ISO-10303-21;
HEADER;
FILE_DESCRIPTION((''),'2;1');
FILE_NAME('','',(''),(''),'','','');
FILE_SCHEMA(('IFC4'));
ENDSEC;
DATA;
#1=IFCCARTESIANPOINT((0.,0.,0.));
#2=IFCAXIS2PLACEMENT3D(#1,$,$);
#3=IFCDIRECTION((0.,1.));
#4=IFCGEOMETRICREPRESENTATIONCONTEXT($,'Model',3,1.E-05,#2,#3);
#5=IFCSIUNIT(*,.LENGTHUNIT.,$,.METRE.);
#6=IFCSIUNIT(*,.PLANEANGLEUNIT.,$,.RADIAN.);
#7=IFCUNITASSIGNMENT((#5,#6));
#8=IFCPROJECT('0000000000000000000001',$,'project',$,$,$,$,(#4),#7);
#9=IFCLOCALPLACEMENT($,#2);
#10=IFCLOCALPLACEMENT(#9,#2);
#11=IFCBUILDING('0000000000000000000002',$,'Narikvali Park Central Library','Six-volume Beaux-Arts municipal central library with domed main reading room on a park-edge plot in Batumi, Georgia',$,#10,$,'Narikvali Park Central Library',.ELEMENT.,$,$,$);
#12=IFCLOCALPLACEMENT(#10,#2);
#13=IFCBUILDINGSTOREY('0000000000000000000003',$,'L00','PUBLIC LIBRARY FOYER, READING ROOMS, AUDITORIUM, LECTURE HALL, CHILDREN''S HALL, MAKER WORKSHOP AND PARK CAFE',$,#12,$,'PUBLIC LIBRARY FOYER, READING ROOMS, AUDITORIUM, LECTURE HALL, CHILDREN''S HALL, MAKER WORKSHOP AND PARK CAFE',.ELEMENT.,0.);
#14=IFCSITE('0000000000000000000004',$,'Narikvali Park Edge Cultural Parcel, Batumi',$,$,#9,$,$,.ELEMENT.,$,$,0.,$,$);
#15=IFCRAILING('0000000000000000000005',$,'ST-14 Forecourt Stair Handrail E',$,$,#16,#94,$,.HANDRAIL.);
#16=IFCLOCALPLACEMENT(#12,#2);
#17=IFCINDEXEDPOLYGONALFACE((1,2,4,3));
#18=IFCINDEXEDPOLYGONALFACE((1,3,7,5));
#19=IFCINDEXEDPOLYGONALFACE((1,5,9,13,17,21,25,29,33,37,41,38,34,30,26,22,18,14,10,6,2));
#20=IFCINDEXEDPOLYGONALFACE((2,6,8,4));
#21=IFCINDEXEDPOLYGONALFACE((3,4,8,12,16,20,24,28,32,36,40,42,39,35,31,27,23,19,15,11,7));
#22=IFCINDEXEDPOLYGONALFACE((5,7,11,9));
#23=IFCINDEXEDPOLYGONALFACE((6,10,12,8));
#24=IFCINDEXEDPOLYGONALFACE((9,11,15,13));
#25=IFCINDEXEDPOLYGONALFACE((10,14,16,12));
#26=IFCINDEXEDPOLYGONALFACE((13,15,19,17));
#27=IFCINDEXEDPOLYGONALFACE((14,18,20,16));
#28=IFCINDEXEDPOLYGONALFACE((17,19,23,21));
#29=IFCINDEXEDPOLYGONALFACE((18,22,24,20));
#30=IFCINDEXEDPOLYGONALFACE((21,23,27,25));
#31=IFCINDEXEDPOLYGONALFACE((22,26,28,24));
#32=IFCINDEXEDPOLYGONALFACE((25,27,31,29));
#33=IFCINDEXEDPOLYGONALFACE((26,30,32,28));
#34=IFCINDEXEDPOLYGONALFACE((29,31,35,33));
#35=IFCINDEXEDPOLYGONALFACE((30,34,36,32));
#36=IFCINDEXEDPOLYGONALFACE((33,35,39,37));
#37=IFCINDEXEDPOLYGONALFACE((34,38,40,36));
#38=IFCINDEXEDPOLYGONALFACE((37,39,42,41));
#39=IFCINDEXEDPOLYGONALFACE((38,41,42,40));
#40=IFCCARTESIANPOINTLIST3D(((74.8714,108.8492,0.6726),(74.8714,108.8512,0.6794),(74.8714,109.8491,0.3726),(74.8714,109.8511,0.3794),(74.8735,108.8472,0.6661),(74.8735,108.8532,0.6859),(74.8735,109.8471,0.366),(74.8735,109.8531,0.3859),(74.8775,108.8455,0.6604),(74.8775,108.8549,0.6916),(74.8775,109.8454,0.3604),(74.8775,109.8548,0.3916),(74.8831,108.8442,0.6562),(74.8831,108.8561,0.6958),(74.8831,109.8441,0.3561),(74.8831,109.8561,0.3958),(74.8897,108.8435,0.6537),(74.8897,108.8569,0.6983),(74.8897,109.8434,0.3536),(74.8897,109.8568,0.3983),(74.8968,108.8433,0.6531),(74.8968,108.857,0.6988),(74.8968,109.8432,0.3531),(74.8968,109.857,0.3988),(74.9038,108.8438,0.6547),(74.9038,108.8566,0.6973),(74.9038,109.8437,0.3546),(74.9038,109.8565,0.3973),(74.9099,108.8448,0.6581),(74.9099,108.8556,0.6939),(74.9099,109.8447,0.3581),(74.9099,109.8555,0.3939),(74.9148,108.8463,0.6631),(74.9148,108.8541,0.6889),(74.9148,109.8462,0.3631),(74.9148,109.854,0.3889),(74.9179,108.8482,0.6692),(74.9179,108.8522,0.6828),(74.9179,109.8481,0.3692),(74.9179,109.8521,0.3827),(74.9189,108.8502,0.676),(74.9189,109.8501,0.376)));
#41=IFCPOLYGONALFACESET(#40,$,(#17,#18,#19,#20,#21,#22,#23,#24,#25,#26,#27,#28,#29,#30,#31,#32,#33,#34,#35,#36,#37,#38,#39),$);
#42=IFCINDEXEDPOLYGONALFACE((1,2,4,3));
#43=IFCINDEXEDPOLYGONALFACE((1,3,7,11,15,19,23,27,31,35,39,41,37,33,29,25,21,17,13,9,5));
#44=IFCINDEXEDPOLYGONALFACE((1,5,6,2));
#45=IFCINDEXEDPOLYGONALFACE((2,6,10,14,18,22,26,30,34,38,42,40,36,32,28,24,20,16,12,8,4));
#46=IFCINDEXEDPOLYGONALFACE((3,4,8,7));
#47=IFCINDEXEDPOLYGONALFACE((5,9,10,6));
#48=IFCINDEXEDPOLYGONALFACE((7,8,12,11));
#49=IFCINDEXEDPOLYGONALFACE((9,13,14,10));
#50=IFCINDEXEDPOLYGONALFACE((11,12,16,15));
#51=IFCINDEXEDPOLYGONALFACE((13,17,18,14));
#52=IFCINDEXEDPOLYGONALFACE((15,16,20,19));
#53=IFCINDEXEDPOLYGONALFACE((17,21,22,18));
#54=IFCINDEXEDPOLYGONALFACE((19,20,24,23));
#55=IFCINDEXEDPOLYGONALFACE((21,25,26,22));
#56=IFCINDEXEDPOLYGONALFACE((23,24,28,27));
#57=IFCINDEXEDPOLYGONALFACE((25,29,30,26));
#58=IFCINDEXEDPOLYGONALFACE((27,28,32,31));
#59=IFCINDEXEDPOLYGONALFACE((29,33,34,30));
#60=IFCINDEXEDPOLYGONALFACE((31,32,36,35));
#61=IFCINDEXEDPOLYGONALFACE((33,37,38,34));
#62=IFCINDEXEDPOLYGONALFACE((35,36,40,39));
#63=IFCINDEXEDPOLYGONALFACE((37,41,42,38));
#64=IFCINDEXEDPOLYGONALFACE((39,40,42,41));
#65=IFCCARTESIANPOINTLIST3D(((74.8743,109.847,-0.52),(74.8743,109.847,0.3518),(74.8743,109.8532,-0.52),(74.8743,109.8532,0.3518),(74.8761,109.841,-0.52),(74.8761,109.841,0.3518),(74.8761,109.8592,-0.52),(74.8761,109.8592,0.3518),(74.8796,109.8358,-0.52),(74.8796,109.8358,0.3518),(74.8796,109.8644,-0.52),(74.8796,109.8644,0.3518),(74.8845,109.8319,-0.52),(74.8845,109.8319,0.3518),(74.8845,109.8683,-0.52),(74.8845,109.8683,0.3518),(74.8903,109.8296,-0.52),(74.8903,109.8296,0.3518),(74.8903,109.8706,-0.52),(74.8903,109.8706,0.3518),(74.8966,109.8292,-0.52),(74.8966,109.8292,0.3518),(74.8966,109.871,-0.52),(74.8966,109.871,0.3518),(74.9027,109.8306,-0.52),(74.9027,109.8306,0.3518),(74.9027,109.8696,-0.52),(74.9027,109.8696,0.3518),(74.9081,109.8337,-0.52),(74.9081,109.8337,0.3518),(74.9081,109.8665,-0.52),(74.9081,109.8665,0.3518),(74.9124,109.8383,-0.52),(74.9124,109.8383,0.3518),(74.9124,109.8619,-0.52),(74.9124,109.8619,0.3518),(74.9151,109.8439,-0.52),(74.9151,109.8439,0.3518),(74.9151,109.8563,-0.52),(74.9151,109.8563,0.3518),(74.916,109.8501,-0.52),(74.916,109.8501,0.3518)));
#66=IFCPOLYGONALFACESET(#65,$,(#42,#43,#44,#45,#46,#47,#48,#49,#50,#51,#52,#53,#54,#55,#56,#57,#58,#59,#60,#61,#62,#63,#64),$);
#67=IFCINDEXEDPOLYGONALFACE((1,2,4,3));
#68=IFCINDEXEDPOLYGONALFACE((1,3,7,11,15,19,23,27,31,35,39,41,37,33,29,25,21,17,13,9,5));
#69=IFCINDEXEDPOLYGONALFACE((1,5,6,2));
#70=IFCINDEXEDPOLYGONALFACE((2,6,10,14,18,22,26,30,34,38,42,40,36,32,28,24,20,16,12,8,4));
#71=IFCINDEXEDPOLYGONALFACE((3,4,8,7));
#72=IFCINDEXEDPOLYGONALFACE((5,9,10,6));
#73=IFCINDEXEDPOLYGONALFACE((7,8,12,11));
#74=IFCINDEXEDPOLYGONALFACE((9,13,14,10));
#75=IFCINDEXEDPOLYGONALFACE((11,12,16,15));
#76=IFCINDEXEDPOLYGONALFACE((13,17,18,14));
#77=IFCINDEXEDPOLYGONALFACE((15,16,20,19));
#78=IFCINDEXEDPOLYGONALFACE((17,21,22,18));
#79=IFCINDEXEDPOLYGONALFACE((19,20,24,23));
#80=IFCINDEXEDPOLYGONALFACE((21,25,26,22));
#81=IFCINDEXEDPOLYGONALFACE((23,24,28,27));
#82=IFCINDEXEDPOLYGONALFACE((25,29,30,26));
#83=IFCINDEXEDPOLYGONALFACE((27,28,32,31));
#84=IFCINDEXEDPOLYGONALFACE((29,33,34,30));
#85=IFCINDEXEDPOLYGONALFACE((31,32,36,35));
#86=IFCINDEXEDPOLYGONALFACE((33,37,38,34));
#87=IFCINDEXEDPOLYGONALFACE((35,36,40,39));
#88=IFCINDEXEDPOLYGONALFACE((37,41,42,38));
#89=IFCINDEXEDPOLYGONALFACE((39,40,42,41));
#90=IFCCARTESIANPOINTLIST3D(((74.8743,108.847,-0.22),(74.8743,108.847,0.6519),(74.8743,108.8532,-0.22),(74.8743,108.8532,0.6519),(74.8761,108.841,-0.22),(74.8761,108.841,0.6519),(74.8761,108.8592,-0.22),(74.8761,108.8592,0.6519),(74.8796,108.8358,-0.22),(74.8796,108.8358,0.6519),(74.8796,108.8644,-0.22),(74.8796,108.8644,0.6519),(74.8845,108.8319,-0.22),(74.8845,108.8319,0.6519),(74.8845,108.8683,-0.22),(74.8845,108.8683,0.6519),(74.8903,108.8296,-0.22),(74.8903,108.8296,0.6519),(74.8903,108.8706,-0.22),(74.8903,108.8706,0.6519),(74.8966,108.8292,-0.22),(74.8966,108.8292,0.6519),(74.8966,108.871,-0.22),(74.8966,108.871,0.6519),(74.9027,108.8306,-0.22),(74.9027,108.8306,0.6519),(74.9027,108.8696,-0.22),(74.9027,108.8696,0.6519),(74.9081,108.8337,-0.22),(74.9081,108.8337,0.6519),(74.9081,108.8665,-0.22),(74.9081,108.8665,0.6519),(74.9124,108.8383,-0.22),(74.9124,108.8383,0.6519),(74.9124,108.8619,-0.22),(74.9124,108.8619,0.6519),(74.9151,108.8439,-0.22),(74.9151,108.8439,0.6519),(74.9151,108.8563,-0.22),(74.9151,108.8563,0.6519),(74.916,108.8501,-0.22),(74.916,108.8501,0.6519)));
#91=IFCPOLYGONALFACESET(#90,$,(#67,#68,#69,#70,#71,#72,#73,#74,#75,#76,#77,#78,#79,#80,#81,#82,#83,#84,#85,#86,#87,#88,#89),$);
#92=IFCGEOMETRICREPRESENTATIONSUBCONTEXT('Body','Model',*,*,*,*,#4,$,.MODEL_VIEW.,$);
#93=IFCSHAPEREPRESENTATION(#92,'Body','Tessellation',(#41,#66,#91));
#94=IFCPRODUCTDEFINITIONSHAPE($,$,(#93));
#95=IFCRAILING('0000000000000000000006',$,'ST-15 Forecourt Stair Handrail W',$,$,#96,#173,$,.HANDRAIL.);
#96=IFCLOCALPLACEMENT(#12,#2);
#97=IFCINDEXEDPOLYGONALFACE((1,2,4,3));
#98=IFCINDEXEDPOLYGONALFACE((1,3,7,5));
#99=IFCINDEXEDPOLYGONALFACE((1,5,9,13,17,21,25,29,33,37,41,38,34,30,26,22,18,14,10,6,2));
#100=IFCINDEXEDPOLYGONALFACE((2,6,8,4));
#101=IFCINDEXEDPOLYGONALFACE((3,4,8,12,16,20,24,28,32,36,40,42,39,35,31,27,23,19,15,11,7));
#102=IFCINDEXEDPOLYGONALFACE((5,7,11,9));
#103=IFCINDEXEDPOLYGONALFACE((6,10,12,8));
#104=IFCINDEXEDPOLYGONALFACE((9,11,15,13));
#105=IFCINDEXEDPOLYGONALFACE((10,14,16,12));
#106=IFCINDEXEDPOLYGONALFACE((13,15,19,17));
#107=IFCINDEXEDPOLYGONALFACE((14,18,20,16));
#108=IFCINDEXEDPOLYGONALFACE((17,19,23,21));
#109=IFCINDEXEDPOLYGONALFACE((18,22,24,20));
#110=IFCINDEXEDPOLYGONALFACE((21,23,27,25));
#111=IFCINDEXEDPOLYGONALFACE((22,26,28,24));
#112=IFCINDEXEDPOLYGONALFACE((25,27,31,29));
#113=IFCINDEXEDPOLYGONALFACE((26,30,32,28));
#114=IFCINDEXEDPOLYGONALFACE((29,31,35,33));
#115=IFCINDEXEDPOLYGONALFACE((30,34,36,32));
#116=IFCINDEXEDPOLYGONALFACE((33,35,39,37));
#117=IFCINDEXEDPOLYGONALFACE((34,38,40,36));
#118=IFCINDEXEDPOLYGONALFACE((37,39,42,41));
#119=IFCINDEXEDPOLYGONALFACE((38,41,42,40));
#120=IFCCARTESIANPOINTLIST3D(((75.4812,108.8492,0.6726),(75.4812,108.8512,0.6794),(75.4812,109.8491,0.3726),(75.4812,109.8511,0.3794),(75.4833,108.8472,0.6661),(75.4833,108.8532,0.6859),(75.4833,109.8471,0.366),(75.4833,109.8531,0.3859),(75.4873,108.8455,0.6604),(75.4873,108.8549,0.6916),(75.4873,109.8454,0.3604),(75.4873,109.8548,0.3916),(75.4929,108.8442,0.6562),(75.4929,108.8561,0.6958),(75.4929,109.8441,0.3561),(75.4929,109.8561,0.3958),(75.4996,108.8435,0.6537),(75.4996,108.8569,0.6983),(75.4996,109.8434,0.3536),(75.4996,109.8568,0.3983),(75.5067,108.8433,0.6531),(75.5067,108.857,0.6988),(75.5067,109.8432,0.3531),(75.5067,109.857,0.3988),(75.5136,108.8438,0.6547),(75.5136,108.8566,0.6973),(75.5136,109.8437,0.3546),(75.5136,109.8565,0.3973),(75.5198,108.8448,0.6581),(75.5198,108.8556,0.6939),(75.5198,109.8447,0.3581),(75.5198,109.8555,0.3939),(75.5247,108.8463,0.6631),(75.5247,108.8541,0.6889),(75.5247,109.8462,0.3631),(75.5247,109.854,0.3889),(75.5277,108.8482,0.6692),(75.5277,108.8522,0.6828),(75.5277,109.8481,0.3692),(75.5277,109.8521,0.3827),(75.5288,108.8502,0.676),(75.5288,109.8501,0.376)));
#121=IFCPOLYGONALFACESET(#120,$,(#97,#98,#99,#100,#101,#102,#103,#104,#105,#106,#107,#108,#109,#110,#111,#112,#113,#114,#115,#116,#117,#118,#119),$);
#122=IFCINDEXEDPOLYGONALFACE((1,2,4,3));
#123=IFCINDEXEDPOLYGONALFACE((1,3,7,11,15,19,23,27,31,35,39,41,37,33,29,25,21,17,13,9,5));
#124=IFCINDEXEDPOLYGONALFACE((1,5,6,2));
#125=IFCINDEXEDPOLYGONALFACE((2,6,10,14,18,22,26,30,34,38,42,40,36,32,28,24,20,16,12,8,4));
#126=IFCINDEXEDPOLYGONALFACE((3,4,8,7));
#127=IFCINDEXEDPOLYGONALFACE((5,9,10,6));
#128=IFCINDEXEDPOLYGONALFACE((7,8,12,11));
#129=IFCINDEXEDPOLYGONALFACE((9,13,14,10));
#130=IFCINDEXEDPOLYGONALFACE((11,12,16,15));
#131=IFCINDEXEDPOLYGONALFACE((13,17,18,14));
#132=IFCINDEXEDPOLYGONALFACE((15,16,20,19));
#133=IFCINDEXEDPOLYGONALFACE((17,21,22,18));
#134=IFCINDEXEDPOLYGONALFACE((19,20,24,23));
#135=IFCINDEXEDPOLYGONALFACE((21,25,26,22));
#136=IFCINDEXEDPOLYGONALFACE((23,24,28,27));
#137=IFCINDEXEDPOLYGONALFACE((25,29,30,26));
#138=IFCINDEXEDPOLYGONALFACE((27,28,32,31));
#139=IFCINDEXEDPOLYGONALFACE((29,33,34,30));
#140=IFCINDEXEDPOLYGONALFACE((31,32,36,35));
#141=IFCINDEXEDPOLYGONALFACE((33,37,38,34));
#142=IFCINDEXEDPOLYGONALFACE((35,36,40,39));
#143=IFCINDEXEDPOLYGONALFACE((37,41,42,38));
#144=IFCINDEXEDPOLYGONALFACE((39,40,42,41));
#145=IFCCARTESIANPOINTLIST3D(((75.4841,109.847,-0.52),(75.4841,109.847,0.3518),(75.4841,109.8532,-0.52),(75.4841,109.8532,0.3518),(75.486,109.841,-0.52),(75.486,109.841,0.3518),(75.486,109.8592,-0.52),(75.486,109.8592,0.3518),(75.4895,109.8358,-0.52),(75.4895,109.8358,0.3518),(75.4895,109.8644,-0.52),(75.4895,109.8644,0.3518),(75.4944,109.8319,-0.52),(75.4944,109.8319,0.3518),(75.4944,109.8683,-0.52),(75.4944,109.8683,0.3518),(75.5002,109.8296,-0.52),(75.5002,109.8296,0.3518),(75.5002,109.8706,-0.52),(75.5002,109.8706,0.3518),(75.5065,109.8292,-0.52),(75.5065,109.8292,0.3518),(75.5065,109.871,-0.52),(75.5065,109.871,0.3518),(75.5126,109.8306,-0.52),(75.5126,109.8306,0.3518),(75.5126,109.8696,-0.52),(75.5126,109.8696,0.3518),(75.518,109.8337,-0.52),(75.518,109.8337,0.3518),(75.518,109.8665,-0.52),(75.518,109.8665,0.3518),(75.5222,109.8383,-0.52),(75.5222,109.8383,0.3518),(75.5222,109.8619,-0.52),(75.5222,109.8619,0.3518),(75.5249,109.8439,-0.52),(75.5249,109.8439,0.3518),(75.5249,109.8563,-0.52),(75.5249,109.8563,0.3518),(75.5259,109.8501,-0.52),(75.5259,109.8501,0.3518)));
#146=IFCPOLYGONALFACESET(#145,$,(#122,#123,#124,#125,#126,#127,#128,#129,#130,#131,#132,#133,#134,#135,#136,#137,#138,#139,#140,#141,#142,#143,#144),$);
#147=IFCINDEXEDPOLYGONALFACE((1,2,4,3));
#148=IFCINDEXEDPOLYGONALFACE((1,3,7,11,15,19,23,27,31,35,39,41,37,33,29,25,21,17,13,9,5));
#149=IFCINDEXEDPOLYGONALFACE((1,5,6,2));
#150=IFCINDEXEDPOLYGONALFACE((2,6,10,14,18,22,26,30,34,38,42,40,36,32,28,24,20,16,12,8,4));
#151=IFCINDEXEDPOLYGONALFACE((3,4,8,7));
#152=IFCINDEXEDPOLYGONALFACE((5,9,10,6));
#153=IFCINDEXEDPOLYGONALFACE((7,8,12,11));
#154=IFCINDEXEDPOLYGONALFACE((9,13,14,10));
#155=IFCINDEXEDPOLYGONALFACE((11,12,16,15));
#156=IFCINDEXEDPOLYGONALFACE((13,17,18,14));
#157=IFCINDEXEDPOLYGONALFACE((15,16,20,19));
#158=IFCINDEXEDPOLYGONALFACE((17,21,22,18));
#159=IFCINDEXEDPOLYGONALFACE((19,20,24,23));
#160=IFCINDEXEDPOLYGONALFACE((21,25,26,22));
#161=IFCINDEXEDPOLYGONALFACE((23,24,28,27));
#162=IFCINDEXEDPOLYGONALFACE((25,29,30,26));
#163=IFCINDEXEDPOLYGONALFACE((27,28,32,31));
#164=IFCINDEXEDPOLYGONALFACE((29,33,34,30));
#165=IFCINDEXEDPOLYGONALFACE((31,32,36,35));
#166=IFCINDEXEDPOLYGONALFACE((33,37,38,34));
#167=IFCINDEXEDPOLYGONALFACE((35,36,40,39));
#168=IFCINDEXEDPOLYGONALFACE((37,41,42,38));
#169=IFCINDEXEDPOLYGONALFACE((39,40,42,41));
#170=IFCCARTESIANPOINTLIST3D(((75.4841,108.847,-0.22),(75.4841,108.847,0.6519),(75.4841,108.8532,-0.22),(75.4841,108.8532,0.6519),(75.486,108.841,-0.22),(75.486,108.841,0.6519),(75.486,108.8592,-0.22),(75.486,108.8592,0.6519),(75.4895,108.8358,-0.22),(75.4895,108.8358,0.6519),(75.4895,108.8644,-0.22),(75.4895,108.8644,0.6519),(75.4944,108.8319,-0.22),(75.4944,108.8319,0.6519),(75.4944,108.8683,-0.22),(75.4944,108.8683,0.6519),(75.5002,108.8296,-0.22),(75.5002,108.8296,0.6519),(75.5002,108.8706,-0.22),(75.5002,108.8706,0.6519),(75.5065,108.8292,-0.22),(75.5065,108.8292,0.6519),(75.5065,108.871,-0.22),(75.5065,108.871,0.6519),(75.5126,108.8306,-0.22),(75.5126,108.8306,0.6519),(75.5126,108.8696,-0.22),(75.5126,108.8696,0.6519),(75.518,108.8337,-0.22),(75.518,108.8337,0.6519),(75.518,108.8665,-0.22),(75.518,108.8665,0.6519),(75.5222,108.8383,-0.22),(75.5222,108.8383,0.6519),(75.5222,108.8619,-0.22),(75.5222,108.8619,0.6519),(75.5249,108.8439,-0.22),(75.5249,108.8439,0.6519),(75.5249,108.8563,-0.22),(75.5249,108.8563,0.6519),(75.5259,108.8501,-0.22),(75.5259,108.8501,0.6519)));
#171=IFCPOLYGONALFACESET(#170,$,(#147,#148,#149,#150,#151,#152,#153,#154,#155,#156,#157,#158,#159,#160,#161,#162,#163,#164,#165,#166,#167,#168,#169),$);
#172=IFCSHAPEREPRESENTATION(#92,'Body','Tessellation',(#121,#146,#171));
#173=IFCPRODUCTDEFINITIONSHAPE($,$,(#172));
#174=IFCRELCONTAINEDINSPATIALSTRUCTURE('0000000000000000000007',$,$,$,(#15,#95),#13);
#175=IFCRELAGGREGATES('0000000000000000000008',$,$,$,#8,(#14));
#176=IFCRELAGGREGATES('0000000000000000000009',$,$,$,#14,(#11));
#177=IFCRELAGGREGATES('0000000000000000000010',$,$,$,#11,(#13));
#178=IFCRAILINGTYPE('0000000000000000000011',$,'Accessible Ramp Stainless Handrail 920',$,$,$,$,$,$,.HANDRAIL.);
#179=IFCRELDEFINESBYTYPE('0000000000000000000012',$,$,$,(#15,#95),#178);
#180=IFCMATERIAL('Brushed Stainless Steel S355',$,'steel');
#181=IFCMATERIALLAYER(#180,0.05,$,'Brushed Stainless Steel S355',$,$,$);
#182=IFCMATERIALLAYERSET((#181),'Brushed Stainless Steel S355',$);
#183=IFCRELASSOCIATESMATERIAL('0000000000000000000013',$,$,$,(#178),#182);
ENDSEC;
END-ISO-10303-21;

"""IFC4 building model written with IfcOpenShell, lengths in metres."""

from ifc_helpers import new_model, si_unit, direction, frame, origin, origin_2d, place, context, subcontext, project, spatial, circle, extrude, material, layer, layer_set, type_object, element, save


model = new_model("IFC4")

# Units and contexts
model_context = context("Model", 3, precision=1e-05, world=origin(), true_north=direction((0.0, 1.0)))
body_context = subcontext(model_context, "Body", "Model", "MODEL_VIEW")
ifc_project = project(units=[si_unit("LENGTHUNIT", "METRE"), si_unit("PLANEANGLEUNIT", "RADIAN")], contexts=[model_context])

# Site, building, storey
site_placement = place(None, origin())
site = spatial("IfcSite", under=ifc_project, at=site_placement, Name="Narikvali Park Edge Cultural Parcel, Batumi", CompositionType="ELEMENT", RefElevation=0.0)
building_placement = place(site_placement, origin())
building = spatial("IfcBuilding", under=site, at=building_placement, Name="Narikvali Park Central Library", Description="Six-volume Beaux-Arts municipal central library with domed main reading room on a park-edge plot in Batumi, Georgia", LongName="Narikvali Park Central Library", CompositionType="ELEMENT")
storey_placement = place(building_placement, origin())
storey = spatial("IfcBuildingStorey", under=building, at=storey_placement, Name="L00", Description="PUBLIC LIBRARY FOYER, READING ROOMS, AUDITORIUM, LECTURE HALL, CHILDREN'S HALL, MAKER WORKSHOP AND PARK CAFE", LongName="PUBLIC LIBRARY FOYER, READING ROOMS, AUDITORIUM, LECTURE HALL, CHILDREN'S HALL, MAKER WORKSHOP AND PARK CAFE", CompositionType="ELEMENT", Elevation=0.0)

# Railings
ifc_material_1 = material(Name="Brushed Stainless Steel S355", Category="steel")
ifc_layer_1 = layer(ifc_material_1, 0.05, Name="Brushed Stainless Steel S355")
ifc_layer_set_1 = layer_set([ifc_layer_1], Name="Brushed Stainless Steel S355")
railing_type = type_object("IfcRailingType", Name="Accessible Ramp Stainless Handrail 920", PredefinedType="HANDRAIL", material=ifc_layer_set_1)
for number, where, name in (
    (1, (74.895, 109.8501, -0.52), "ST-14 Forecourt Stair Handrail E"),
    (2, (75.5049, 109.8501, -0.52), "ST-15 Forecourt Stair Handrail W"),
):
    element("IfcRailing", number, at=place(storey_placement, frame(where)), inside=storey, type_object=railing_type, Name=name, PredefinedType="HANDRAIL", context=body_context, shape_type="SweptSolid", body=[
        extrude(circle(Radius=0.0239, at=origin_2d()), frame((0.0, 0.0, 0.896), z_axis=(0.0, -0.957813, 0.287391), x_axis=(1.0, 0.0, 0.0)), (0.0, 0.0, 1.0), 1.0439),
        extrude(circle(Radius=0.021, at=origin_2d()), origin(), (0.0, 0.0, 1.0), 0.8718),
        extrude(circle(Radius=0.021, at=origin_2d()), frame((0.0, -1.0, 0.3)), (0.0, 0.0, 1.0), 0.8718),
    ])

save(model, "model.ifc")
